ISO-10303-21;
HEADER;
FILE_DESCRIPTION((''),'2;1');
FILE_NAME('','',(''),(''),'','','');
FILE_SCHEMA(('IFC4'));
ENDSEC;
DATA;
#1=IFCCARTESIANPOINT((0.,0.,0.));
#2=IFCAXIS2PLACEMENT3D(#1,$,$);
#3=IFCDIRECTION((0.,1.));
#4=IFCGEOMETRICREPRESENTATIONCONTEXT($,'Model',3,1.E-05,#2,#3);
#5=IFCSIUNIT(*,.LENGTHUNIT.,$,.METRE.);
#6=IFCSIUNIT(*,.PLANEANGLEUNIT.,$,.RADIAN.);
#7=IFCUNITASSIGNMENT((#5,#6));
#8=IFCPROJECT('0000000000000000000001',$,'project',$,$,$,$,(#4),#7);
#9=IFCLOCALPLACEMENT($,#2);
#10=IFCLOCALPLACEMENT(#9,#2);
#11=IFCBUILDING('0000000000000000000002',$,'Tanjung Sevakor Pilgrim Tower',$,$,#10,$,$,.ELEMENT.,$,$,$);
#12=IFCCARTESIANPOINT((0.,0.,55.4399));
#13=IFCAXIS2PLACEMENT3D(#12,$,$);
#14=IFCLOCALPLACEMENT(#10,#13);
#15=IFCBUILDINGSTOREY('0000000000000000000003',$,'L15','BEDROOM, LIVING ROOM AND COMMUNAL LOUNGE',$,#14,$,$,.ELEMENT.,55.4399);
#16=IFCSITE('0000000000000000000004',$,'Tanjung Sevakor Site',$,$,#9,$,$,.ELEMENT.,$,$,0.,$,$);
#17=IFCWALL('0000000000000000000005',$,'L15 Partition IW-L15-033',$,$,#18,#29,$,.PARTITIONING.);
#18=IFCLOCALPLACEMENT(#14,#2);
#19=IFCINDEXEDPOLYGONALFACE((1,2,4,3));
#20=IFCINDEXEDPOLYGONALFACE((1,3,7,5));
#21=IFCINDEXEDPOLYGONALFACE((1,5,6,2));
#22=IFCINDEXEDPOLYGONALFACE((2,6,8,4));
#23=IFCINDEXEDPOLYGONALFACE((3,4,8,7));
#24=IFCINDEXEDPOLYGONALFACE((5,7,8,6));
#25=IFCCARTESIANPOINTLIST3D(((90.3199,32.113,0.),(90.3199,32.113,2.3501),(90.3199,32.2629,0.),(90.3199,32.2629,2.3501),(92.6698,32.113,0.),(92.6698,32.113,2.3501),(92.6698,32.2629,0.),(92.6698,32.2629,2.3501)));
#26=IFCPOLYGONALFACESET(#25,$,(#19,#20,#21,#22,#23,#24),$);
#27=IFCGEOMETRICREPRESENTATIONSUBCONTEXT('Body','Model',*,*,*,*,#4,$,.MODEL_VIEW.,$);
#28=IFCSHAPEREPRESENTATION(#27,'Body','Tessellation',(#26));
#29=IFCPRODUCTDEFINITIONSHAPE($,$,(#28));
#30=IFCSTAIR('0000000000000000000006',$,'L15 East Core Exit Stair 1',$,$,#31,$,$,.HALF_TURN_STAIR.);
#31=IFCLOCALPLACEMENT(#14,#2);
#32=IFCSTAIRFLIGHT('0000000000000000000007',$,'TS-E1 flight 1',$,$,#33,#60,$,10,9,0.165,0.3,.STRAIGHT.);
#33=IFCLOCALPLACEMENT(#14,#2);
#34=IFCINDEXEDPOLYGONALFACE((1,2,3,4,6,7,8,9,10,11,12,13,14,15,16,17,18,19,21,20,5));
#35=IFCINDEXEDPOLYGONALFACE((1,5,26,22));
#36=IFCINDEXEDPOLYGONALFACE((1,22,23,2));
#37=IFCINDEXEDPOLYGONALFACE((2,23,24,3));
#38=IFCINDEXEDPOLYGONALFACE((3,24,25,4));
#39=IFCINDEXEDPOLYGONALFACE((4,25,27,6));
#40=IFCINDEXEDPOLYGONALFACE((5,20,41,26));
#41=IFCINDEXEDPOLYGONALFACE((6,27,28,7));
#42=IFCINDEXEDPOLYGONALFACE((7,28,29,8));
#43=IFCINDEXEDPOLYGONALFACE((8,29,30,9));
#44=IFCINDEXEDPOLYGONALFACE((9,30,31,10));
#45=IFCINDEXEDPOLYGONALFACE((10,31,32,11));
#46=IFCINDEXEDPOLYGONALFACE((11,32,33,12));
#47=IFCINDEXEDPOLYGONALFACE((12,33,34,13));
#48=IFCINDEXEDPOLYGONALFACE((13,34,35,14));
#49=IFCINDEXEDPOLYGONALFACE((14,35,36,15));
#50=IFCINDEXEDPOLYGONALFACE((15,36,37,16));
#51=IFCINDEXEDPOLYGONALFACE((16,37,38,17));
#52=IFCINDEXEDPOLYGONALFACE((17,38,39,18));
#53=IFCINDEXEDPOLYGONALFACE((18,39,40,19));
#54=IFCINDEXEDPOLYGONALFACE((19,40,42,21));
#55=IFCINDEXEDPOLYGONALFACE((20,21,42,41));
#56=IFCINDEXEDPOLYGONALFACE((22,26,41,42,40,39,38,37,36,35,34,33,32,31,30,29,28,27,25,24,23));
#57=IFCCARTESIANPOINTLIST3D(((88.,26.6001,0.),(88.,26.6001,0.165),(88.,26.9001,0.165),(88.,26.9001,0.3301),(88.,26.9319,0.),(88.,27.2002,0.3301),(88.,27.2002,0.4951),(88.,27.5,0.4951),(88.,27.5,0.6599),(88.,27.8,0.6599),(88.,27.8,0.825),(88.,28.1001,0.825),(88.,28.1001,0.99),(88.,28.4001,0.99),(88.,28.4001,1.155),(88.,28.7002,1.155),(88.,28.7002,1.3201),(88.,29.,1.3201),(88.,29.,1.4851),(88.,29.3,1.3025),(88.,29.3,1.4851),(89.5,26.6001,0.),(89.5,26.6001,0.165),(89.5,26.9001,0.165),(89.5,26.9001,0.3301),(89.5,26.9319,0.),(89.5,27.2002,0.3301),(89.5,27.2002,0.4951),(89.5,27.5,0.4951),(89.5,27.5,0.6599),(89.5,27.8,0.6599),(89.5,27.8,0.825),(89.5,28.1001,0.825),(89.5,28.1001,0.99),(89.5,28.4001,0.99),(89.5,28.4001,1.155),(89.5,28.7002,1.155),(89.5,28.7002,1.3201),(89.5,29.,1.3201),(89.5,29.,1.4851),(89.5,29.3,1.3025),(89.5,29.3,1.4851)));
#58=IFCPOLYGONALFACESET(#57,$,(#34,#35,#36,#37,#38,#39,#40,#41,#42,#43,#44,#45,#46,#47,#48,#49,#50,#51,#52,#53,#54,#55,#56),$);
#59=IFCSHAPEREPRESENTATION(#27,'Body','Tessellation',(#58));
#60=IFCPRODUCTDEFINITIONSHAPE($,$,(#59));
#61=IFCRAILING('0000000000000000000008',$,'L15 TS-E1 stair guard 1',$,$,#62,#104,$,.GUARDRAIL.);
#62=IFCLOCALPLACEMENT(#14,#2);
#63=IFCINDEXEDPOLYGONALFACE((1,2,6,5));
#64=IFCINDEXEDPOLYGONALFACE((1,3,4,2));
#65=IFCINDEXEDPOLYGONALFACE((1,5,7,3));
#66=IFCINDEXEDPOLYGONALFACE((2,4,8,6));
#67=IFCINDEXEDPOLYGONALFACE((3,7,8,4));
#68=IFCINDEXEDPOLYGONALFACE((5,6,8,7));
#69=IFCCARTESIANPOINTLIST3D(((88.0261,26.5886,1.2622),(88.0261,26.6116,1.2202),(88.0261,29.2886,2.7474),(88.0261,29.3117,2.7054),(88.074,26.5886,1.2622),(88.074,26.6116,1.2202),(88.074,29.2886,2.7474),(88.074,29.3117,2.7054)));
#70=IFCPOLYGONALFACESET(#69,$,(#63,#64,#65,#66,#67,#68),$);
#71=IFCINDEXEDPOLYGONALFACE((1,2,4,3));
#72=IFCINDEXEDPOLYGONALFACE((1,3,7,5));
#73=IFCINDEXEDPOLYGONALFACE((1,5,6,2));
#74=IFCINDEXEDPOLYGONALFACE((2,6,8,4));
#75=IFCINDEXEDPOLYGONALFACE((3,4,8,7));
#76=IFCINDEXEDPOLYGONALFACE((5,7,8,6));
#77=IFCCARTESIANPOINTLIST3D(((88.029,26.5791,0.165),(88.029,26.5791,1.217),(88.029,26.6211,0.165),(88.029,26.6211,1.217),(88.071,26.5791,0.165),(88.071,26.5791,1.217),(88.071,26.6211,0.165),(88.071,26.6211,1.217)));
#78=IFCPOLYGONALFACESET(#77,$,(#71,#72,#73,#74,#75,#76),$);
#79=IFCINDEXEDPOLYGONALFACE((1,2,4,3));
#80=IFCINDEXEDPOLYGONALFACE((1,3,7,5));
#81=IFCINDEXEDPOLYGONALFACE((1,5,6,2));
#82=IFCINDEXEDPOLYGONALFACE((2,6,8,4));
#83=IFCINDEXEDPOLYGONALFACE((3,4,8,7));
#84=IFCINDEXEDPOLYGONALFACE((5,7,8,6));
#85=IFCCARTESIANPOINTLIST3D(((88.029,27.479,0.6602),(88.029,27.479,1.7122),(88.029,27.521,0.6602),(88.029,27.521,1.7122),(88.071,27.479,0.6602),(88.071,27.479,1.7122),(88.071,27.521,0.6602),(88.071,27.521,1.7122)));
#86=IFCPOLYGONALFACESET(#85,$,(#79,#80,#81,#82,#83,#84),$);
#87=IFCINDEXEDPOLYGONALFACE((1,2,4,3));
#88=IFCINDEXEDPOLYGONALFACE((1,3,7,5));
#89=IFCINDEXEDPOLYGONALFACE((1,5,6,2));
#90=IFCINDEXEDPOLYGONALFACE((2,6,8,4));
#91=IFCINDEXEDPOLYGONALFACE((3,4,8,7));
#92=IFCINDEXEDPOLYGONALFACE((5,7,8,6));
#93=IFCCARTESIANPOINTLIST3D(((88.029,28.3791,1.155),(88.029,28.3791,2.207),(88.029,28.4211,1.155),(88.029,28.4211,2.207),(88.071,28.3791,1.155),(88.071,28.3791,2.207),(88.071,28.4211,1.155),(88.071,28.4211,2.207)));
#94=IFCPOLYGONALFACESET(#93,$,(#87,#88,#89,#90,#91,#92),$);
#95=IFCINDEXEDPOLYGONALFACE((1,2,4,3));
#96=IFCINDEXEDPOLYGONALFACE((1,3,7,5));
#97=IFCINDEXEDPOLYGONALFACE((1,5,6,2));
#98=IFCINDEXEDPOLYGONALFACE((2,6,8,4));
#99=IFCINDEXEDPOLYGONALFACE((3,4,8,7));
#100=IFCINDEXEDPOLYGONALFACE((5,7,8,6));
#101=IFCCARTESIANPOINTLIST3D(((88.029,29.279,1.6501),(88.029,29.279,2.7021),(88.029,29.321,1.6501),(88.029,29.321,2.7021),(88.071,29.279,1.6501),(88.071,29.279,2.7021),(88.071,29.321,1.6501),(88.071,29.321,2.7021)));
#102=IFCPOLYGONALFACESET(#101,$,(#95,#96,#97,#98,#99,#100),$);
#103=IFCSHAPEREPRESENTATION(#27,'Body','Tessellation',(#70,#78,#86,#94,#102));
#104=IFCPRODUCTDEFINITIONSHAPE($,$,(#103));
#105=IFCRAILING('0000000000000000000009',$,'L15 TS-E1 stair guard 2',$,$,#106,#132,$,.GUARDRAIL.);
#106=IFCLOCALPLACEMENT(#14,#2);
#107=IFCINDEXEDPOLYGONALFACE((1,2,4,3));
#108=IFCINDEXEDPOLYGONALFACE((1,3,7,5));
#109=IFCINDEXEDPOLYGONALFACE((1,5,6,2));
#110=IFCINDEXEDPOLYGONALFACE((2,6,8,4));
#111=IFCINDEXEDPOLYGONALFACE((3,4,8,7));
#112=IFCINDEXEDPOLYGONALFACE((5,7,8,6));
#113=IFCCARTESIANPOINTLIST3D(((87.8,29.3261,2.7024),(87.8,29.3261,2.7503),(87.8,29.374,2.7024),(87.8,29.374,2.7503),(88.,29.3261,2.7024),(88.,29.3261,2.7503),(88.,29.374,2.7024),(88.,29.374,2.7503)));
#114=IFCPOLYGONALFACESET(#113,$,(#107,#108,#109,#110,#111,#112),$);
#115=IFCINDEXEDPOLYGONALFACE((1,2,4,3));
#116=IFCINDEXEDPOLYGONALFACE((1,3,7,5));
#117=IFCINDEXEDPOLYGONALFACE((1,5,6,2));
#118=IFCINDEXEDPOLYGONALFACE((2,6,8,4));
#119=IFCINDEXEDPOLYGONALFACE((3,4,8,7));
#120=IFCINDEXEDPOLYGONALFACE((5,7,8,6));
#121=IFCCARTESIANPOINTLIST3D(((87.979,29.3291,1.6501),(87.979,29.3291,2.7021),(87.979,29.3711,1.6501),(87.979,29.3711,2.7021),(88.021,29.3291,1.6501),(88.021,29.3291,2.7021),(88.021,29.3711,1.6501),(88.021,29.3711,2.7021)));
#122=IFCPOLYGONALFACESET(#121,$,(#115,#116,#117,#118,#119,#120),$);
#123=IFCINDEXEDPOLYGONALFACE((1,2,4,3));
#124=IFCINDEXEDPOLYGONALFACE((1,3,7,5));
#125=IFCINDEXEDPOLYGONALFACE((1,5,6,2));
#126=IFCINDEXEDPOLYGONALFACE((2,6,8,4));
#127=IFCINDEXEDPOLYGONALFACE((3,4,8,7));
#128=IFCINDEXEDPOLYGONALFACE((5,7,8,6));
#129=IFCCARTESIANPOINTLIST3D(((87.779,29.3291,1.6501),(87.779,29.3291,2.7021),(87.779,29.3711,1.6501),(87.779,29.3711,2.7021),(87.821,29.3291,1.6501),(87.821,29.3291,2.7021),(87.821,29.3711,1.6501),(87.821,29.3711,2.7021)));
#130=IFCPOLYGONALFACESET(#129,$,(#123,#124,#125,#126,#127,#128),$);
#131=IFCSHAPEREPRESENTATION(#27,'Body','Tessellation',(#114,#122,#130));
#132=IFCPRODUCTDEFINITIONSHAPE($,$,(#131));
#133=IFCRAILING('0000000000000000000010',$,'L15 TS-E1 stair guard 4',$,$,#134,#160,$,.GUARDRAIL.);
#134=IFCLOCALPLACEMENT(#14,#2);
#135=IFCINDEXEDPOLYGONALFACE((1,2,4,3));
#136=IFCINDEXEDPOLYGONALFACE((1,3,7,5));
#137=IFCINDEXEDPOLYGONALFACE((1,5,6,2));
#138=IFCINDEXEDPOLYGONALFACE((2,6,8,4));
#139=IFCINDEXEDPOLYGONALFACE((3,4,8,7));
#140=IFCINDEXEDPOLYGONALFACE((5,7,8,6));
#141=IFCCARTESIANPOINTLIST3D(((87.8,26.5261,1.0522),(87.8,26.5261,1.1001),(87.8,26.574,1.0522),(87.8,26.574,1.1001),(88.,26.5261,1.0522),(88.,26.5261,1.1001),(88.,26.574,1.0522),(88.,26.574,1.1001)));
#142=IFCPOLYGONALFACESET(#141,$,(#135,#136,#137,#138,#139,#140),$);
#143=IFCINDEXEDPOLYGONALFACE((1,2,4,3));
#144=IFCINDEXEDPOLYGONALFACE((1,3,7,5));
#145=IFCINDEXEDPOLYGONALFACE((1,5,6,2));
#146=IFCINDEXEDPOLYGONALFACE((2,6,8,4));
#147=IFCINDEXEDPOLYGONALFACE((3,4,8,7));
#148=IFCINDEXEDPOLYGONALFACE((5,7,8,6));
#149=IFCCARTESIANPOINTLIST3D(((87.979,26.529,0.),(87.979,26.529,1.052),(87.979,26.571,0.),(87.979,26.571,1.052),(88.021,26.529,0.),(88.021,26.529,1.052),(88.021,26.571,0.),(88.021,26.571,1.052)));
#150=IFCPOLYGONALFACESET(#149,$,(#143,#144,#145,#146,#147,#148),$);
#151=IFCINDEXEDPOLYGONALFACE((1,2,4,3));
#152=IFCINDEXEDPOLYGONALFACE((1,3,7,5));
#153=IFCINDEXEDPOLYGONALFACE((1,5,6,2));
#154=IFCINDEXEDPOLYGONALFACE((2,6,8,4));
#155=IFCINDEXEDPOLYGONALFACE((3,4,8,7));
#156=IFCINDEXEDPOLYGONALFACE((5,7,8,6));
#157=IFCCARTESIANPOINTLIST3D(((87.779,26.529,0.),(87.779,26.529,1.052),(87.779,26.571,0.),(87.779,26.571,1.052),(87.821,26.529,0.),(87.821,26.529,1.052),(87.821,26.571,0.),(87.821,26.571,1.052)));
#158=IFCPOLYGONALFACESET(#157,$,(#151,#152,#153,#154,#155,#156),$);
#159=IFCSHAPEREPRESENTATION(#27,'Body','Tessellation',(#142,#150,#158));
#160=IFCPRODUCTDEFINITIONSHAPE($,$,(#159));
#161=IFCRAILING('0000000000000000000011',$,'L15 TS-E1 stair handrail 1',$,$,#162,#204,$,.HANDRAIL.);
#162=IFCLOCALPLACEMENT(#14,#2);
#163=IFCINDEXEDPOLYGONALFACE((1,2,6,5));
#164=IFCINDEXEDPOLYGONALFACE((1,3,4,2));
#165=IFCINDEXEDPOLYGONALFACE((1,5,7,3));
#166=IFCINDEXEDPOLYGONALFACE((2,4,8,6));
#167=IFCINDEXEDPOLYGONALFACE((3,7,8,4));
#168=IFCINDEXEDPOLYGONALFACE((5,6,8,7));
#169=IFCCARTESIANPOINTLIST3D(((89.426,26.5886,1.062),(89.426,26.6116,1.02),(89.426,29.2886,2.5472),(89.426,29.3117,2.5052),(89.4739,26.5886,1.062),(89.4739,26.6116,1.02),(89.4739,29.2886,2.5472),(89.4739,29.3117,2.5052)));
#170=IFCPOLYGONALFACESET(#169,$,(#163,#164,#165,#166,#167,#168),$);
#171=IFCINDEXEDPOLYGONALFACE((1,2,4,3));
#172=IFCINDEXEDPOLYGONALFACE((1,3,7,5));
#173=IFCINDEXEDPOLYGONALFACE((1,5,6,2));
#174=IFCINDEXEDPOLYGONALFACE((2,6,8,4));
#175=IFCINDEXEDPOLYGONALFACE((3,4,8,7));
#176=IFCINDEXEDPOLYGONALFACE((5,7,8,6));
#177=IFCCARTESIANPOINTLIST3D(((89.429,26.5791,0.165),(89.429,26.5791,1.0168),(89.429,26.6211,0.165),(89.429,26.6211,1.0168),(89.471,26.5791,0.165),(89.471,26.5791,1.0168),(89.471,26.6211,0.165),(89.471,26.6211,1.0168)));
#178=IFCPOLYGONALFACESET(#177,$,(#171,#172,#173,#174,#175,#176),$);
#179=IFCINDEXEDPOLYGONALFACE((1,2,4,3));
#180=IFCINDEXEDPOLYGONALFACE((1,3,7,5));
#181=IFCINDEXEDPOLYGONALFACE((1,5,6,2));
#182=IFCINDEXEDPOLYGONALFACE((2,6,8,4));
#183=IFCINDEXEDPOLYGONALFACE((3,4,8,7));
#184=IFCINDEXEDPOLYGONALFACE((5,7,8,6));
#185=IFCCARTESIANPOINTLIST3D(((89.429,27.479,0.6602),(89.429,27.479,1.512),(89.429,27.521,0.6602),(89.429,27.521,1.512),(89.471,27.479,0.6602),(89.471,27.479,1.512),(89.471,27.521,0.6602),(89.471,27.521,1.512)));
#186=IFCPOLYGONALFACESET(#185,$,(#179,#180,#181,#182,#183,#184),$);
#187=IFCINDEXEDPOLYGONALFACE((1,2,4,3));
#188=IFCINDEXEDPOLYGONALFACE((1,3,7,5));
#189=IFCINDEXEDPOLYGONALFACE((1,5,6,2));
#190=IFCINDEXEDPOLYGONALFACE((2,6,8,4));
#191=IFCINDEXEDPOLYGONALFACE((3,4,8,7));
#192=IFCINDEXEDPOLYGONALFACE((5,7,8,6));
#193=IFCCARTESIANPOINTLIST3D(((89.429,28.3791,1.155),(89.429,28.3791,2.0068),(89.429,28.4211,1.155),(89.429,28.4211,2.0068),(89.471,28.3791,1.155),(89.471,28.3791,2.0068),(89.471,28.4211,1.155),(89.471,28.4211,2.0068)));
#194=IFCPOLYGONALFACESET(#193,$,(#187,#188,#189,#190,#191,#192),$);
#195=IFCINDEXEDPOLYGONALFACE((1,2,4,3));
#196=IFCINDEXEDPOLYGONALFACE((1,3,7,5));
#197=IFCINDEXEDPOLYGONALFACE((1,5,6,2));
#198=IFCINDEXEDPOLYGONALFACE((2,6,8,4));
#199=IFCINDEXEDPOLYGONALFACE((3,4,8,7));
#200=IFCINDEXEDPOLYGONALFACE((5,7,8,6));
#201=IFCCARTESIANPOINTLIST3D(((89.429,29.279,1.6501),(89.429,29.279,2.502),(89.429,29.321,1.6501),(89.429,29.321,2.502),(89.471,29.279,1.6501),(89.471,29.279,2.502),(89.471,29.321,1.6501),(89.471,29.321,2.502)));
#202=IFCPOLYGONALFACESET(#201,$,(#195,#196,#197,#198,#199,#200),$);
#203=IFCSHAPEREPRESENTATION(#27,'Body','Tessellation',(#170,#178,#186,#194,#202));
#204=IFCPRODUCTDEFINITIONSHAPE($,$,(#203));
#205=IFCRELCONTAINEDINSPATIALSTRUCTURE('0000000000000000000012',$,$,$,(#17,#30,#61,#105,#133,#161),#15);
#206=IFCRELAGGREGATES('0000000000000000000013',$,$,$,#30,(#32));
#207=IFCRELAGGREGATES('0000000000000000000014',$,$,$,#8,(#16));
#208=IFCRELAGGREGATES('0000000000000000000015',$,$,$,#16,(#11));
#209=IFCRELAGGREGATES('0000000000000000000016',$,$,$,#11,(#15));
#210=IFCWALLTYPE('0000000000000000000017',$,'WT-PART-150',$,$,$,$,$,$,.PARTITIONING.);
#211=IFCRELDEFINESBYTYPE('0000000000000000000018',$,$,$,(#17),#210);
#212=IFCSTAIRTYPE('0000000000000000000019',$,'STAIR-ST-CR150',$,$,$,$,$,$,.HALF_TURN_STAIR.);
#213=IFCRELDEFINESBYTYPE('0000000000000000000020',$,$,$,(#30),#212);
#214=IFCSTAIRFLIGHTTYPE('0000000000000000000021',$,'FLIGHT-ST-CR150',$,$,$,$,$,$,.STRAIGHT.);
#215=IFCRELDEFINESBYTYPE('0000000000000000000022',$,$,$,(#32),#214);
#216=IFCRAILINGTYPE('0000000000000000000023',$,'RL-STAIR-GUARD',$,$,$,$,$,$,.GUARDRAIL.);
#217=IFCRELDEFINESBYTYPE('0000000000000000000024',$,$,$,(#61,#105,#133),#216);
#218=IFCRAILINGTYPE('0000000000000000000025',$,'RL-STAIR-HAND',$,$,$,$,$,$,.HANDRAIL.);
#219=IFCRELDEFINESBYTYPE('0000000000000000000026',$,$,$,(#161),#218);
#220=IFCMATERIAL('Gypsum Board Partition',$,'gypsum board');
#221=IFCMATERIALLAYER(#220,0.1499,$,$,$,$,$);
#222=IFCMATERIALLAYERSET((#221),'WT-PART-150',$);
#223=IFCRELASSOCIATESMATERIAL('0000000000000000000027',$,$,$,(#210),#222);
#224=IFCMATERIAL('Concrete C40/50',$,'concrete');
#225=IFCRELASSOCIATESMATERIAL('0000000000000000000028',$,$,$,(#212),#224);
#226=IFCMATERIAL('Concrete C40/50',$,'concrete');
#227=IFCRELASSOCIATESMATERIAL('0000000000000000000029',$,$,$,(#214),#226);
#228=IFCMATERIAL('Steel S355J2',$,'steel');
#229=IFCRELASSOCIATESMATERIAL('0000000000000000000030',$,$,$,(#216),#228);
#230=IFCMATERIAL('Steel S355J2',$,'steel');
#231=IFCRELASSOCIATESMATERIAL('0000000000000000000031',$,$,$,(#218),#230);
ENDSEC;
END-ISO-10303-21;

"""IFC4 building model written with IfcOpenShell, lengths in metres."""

from ifc_helpers import new_model, si_unit, direction, frame, frame_2d, origin, place, context, subcontext, project, spatial, polyline, rectangle, outline, extrude, material, layer, layer_set, type_object, element, aggregate, save


model = new_model("IFC4")

# Units and contexts
model_context = context("Model", 3, precision=1e-05, world=origin(), true_north=direction((0.0, 1.0)))
body_context = subcontext(model_context, "Body", "Model", "MODEL_VIEW")
ifc_project = project(units=[si_unit("LENGTHUNIT", "METRE"), si_unit("PLANEANGLEUNIT", "RADIAN")], contexts=[model_context])

# Site, building, storey
site_placement = place(None, origin())
site = spatial("IfcSite", under=ifc_project, at=site_placement, Name="Tanjung Sevakor Site", CompositionType="ELEMENT", RefElevation=0.0)
building_placement = place(site_placement, origin())
building = spatial("IfcBuilding", under=site, at=building_placement, Name="Tanjung Sevakor Pilgrim Tower", CompositionType="ELEMENT")
storey_placement = place(building_placement, frame((0.0, 0.0, 55.4399)))
storey = spatial("IfcBuildingStorey", under=building, at=storey_placement, Name="L15", Description="BEDROOM, LIVING ROOM AND COMMUNAL LOUNGE", CompositionType="ELEMENT", Elevation=55.4399)

# Shared definitions
ifc_material_1 = material(Name="Gypsum Board Partition", Category="gypsum board")
ifc_layer_1 = layer(ifc_material_1, 0.1499)
ifc_layer_set_1 = layer_set([ifc_layer_1], Name="WT-PART-150")
wall_type_1 = type_object("IfcWallType", Name="WT-PART-150", PredefinedType="PARTITIONING", material=ifc_layer_set_1)

# Wall
wall_1_placement = place(storey_placement, frame((90.3201, 32.188, 0.0), z_axis=(0.0, 0.0, 1.0), x_axis=(1.0, 0.0, 0.0)))
element("IfcWall", 1, at=wall_1_placement, inside=storey, type_object=wall_type_1, Name="L15 Partition IW-L15-033", PredefinedType="PARTITIONING", context=body_context, shape_type="SweptSolid", body=[
    extrude(rectangle(XDim=2.3499, YDim=0.1499, at=frame_2d((1.1748, 0.0))), origin(), (0.0, 0.0, 1.0), 2.3501),
])

# Stair, stair flight
ifc_material_2 = material(Name="Concrete C40/50", Category="concrete")
stair_type = type_object("IfcStairType", Name="STAIR-ST-CR150", PredefinedType="HALF_TURN_STAIR", material=ifc_material_2)
stair_placement = place(storey_placement, origin())
stair = element("IfcStair", 2, at=stair_placement, inside=storey, type_object=stair_type, Name="L15 East Core Exit Stair 1", PredefinedType="HALF_TURN_STAIR")
ifc_material_3 = material(Name="Concrete C40/50", Category="concrete")
stair_flight_type = type_object("IfcStairFlightType", Name="FLIGHT-ST-CR150", PredefinedType="STRAIGHT", material=ifc_material_3)
stair_flight_placement = place(storey_placement, frame((88.75, 26.6001, 0.0), z_axis=(0.0, 0.0, 1.0), x_axis=(0.0, 1.0, 0.0)))
stair_flight = element("IfcStairFlight", 3, at=stair_flight_placement, type_object=stair_flight_type, Name="TS-E1 flight 1", NumberOfRisers=10, NumberOfTreads=9, PredefinedType="STRAIGHT", RiserHeight=0.165, TreadLength=0.3, context=body_context, shape_type="SweptSolid", body=[
    extrude(outline(polyline([(0.0, 0.0), (0.0, 0.165), (0.3, 0.165), (0.3, 0.3301), (0.6001, 0.3301), (0.6001, 0.4951), (0.8999, 0.4951), (0.8999, 0.6599), (1.2, 0.6599), (1.2, 0.825), (1.5, 0.825), (1.5, 0.99), (1.8, 0.99), (1.8, 1.155), (2.1001, 1.155), (2.1001, 1.3201), (2.3999, 1.3201), (2.3999, 1.4851), (2.7, 1.4851), (2.7, 1.6499), (2.7, 1.3025), (0.3318, 0.0), (0.0, 0.0)])), frame((0.0, 0.75, 0.0), z_axis=(0.0, -1.0, 0.0), x_axis=(1.0, 0.0, 0.0)), (0.0, 0.0, 1.0), 1.5),
])
aggregate(stair, [stair_flight])

# Railings
ifc_material_4 = material(Name="Steel S355J2", Category="steel")
railing_type_1 = type_object("IfcRailingType", Name="RL-STAIR-GUARD", PredefinedType="GUARDRAIL", material=ifc_material_4)
railing_1_placement = place(storey_placement, frame((88.05, 26.6001, 0.165)))
element("IfcRailing", 4, at=railing_1_placement, inside=storey, type_object=railing_type_1, Name="L15 TS-E1 stair guard 1", PredefinedType="GUARDRAIL", context=body_context, shape_type="SweptSolid", body=[
    extrude(rectangle(XDim=0.0479, YDim=0.0479), frame((0.0, 0.0, 1.0762), z_axis=(0.0, 0.876198, 0.481952), x_axis=(-1.0, 0.0, 0.0)), (0.0, 0.0, 1.0), 3.0815),
    extrude(rectangle(XDim=0.042, YDim=0.042), origin(), (0.0, 0.0, 1.0), 1.052),
    extrude(rectangle(XDim=0.042, YDim=0.042), frame((0.0, 0.8999, 0.4951)), (0.0, 0.0, 1.0), 1.052),
    extrude(rectangle(XDim=0.042, YDim=0.042), frame((0.0, 1.8, 0.99)), (0.0, 0.0, 1.0), 1.052),
    extrude(rectangle(XDim=0.042, YDim=0.042), frame((0.0, 2.7, 1.4851)), (0.0, 0.0, 1.0), 1.052),
])
for number, where, name in (
    (5, (88.0, 29.3501, 1.6501), "L15 TS-E1 stair guard 2"),
    (6, (88.0, 26.55, 0.0), "L15 TS-E1 stair guard 4"),
):
    element("IfcRailing", number, at=place(storey_placement, frame(where)), inside=storey, type_object=railing_type_1, Name=name, PredefinedType="GUARDRAIL", context=body_context, shape_type="SweptSolid", body=[
        extrude(rectangle(XDim=0.0479, YDim=0.0479), frame((0.0, 0.0, 1.0762), z_axis=(-1.0, 0.0, 0.0), x_axis=(0.0, -1.0, 0.0)), (0.0, 0.0, 1.0), 0.2),
        extrude(rectangle(XDim=0.042, YDim=0.042), origin(), (0.0, 0.0, 1.0), 1.052),
        extrude(rectangle(XDim=0.042, YDim=0.042), frame((-0.2, 0.0, 0.0)), (0.0, 0.0, 1.0), 1.052),
    ])
ifc_material_5 = material(Name="Steel S355J2", Category="steel")
railing_type_2 = type_object("IfcRailingType", Name="RL-STAIR-HAND", PredefinedType="HANDRAIL", material=ifc_material_5)
railing_2_placement = place(storey_placement, frame((89.45, 26.6001, 0.165)))
element("IfcRailing", 7, at=railing_2_placement, inside=storey, type_object=railing_type_2, Name="L15 TS-E1 stair handrail 1", PredefinedType="HANDRAIL", context=body_context, shape_type="SweptSolid", body=[
    extrude(rectangle(XDim=0.0479, YDim=0.0479), frame((0.0, 0.0, 0.876), z_axis=(0.0, 0.876198, 0.481952), x_axis=(-1.0, 0.0, 0.0)), (0.0, 0.0, 1.0), 3.0815),
    extrude(rectangle(XDim=0.042, YDim=0.042), origin(), (0.0, 0.0, 1.0), 0.8518),
    extrude(rectangle(XDim=0.042, YDim=0.042), frame((0.0, 0.8999, 0.4951)), (0.0, 0.0, 1.0), 0.8518),
    extrude(rectangle(XDim=0.042, YDim=0.042), frame((0.0, 1.8, 0.99)), (0.0, 0.0, 1.0), 0.8518),
    extrude(rectangle(XDim=0.042, YDim=0.042), frame((0.0, 2.7, 1.4851)), (0.0, 0.0, 1.0), 0.8518),
])

save(model, "model.ifc")
